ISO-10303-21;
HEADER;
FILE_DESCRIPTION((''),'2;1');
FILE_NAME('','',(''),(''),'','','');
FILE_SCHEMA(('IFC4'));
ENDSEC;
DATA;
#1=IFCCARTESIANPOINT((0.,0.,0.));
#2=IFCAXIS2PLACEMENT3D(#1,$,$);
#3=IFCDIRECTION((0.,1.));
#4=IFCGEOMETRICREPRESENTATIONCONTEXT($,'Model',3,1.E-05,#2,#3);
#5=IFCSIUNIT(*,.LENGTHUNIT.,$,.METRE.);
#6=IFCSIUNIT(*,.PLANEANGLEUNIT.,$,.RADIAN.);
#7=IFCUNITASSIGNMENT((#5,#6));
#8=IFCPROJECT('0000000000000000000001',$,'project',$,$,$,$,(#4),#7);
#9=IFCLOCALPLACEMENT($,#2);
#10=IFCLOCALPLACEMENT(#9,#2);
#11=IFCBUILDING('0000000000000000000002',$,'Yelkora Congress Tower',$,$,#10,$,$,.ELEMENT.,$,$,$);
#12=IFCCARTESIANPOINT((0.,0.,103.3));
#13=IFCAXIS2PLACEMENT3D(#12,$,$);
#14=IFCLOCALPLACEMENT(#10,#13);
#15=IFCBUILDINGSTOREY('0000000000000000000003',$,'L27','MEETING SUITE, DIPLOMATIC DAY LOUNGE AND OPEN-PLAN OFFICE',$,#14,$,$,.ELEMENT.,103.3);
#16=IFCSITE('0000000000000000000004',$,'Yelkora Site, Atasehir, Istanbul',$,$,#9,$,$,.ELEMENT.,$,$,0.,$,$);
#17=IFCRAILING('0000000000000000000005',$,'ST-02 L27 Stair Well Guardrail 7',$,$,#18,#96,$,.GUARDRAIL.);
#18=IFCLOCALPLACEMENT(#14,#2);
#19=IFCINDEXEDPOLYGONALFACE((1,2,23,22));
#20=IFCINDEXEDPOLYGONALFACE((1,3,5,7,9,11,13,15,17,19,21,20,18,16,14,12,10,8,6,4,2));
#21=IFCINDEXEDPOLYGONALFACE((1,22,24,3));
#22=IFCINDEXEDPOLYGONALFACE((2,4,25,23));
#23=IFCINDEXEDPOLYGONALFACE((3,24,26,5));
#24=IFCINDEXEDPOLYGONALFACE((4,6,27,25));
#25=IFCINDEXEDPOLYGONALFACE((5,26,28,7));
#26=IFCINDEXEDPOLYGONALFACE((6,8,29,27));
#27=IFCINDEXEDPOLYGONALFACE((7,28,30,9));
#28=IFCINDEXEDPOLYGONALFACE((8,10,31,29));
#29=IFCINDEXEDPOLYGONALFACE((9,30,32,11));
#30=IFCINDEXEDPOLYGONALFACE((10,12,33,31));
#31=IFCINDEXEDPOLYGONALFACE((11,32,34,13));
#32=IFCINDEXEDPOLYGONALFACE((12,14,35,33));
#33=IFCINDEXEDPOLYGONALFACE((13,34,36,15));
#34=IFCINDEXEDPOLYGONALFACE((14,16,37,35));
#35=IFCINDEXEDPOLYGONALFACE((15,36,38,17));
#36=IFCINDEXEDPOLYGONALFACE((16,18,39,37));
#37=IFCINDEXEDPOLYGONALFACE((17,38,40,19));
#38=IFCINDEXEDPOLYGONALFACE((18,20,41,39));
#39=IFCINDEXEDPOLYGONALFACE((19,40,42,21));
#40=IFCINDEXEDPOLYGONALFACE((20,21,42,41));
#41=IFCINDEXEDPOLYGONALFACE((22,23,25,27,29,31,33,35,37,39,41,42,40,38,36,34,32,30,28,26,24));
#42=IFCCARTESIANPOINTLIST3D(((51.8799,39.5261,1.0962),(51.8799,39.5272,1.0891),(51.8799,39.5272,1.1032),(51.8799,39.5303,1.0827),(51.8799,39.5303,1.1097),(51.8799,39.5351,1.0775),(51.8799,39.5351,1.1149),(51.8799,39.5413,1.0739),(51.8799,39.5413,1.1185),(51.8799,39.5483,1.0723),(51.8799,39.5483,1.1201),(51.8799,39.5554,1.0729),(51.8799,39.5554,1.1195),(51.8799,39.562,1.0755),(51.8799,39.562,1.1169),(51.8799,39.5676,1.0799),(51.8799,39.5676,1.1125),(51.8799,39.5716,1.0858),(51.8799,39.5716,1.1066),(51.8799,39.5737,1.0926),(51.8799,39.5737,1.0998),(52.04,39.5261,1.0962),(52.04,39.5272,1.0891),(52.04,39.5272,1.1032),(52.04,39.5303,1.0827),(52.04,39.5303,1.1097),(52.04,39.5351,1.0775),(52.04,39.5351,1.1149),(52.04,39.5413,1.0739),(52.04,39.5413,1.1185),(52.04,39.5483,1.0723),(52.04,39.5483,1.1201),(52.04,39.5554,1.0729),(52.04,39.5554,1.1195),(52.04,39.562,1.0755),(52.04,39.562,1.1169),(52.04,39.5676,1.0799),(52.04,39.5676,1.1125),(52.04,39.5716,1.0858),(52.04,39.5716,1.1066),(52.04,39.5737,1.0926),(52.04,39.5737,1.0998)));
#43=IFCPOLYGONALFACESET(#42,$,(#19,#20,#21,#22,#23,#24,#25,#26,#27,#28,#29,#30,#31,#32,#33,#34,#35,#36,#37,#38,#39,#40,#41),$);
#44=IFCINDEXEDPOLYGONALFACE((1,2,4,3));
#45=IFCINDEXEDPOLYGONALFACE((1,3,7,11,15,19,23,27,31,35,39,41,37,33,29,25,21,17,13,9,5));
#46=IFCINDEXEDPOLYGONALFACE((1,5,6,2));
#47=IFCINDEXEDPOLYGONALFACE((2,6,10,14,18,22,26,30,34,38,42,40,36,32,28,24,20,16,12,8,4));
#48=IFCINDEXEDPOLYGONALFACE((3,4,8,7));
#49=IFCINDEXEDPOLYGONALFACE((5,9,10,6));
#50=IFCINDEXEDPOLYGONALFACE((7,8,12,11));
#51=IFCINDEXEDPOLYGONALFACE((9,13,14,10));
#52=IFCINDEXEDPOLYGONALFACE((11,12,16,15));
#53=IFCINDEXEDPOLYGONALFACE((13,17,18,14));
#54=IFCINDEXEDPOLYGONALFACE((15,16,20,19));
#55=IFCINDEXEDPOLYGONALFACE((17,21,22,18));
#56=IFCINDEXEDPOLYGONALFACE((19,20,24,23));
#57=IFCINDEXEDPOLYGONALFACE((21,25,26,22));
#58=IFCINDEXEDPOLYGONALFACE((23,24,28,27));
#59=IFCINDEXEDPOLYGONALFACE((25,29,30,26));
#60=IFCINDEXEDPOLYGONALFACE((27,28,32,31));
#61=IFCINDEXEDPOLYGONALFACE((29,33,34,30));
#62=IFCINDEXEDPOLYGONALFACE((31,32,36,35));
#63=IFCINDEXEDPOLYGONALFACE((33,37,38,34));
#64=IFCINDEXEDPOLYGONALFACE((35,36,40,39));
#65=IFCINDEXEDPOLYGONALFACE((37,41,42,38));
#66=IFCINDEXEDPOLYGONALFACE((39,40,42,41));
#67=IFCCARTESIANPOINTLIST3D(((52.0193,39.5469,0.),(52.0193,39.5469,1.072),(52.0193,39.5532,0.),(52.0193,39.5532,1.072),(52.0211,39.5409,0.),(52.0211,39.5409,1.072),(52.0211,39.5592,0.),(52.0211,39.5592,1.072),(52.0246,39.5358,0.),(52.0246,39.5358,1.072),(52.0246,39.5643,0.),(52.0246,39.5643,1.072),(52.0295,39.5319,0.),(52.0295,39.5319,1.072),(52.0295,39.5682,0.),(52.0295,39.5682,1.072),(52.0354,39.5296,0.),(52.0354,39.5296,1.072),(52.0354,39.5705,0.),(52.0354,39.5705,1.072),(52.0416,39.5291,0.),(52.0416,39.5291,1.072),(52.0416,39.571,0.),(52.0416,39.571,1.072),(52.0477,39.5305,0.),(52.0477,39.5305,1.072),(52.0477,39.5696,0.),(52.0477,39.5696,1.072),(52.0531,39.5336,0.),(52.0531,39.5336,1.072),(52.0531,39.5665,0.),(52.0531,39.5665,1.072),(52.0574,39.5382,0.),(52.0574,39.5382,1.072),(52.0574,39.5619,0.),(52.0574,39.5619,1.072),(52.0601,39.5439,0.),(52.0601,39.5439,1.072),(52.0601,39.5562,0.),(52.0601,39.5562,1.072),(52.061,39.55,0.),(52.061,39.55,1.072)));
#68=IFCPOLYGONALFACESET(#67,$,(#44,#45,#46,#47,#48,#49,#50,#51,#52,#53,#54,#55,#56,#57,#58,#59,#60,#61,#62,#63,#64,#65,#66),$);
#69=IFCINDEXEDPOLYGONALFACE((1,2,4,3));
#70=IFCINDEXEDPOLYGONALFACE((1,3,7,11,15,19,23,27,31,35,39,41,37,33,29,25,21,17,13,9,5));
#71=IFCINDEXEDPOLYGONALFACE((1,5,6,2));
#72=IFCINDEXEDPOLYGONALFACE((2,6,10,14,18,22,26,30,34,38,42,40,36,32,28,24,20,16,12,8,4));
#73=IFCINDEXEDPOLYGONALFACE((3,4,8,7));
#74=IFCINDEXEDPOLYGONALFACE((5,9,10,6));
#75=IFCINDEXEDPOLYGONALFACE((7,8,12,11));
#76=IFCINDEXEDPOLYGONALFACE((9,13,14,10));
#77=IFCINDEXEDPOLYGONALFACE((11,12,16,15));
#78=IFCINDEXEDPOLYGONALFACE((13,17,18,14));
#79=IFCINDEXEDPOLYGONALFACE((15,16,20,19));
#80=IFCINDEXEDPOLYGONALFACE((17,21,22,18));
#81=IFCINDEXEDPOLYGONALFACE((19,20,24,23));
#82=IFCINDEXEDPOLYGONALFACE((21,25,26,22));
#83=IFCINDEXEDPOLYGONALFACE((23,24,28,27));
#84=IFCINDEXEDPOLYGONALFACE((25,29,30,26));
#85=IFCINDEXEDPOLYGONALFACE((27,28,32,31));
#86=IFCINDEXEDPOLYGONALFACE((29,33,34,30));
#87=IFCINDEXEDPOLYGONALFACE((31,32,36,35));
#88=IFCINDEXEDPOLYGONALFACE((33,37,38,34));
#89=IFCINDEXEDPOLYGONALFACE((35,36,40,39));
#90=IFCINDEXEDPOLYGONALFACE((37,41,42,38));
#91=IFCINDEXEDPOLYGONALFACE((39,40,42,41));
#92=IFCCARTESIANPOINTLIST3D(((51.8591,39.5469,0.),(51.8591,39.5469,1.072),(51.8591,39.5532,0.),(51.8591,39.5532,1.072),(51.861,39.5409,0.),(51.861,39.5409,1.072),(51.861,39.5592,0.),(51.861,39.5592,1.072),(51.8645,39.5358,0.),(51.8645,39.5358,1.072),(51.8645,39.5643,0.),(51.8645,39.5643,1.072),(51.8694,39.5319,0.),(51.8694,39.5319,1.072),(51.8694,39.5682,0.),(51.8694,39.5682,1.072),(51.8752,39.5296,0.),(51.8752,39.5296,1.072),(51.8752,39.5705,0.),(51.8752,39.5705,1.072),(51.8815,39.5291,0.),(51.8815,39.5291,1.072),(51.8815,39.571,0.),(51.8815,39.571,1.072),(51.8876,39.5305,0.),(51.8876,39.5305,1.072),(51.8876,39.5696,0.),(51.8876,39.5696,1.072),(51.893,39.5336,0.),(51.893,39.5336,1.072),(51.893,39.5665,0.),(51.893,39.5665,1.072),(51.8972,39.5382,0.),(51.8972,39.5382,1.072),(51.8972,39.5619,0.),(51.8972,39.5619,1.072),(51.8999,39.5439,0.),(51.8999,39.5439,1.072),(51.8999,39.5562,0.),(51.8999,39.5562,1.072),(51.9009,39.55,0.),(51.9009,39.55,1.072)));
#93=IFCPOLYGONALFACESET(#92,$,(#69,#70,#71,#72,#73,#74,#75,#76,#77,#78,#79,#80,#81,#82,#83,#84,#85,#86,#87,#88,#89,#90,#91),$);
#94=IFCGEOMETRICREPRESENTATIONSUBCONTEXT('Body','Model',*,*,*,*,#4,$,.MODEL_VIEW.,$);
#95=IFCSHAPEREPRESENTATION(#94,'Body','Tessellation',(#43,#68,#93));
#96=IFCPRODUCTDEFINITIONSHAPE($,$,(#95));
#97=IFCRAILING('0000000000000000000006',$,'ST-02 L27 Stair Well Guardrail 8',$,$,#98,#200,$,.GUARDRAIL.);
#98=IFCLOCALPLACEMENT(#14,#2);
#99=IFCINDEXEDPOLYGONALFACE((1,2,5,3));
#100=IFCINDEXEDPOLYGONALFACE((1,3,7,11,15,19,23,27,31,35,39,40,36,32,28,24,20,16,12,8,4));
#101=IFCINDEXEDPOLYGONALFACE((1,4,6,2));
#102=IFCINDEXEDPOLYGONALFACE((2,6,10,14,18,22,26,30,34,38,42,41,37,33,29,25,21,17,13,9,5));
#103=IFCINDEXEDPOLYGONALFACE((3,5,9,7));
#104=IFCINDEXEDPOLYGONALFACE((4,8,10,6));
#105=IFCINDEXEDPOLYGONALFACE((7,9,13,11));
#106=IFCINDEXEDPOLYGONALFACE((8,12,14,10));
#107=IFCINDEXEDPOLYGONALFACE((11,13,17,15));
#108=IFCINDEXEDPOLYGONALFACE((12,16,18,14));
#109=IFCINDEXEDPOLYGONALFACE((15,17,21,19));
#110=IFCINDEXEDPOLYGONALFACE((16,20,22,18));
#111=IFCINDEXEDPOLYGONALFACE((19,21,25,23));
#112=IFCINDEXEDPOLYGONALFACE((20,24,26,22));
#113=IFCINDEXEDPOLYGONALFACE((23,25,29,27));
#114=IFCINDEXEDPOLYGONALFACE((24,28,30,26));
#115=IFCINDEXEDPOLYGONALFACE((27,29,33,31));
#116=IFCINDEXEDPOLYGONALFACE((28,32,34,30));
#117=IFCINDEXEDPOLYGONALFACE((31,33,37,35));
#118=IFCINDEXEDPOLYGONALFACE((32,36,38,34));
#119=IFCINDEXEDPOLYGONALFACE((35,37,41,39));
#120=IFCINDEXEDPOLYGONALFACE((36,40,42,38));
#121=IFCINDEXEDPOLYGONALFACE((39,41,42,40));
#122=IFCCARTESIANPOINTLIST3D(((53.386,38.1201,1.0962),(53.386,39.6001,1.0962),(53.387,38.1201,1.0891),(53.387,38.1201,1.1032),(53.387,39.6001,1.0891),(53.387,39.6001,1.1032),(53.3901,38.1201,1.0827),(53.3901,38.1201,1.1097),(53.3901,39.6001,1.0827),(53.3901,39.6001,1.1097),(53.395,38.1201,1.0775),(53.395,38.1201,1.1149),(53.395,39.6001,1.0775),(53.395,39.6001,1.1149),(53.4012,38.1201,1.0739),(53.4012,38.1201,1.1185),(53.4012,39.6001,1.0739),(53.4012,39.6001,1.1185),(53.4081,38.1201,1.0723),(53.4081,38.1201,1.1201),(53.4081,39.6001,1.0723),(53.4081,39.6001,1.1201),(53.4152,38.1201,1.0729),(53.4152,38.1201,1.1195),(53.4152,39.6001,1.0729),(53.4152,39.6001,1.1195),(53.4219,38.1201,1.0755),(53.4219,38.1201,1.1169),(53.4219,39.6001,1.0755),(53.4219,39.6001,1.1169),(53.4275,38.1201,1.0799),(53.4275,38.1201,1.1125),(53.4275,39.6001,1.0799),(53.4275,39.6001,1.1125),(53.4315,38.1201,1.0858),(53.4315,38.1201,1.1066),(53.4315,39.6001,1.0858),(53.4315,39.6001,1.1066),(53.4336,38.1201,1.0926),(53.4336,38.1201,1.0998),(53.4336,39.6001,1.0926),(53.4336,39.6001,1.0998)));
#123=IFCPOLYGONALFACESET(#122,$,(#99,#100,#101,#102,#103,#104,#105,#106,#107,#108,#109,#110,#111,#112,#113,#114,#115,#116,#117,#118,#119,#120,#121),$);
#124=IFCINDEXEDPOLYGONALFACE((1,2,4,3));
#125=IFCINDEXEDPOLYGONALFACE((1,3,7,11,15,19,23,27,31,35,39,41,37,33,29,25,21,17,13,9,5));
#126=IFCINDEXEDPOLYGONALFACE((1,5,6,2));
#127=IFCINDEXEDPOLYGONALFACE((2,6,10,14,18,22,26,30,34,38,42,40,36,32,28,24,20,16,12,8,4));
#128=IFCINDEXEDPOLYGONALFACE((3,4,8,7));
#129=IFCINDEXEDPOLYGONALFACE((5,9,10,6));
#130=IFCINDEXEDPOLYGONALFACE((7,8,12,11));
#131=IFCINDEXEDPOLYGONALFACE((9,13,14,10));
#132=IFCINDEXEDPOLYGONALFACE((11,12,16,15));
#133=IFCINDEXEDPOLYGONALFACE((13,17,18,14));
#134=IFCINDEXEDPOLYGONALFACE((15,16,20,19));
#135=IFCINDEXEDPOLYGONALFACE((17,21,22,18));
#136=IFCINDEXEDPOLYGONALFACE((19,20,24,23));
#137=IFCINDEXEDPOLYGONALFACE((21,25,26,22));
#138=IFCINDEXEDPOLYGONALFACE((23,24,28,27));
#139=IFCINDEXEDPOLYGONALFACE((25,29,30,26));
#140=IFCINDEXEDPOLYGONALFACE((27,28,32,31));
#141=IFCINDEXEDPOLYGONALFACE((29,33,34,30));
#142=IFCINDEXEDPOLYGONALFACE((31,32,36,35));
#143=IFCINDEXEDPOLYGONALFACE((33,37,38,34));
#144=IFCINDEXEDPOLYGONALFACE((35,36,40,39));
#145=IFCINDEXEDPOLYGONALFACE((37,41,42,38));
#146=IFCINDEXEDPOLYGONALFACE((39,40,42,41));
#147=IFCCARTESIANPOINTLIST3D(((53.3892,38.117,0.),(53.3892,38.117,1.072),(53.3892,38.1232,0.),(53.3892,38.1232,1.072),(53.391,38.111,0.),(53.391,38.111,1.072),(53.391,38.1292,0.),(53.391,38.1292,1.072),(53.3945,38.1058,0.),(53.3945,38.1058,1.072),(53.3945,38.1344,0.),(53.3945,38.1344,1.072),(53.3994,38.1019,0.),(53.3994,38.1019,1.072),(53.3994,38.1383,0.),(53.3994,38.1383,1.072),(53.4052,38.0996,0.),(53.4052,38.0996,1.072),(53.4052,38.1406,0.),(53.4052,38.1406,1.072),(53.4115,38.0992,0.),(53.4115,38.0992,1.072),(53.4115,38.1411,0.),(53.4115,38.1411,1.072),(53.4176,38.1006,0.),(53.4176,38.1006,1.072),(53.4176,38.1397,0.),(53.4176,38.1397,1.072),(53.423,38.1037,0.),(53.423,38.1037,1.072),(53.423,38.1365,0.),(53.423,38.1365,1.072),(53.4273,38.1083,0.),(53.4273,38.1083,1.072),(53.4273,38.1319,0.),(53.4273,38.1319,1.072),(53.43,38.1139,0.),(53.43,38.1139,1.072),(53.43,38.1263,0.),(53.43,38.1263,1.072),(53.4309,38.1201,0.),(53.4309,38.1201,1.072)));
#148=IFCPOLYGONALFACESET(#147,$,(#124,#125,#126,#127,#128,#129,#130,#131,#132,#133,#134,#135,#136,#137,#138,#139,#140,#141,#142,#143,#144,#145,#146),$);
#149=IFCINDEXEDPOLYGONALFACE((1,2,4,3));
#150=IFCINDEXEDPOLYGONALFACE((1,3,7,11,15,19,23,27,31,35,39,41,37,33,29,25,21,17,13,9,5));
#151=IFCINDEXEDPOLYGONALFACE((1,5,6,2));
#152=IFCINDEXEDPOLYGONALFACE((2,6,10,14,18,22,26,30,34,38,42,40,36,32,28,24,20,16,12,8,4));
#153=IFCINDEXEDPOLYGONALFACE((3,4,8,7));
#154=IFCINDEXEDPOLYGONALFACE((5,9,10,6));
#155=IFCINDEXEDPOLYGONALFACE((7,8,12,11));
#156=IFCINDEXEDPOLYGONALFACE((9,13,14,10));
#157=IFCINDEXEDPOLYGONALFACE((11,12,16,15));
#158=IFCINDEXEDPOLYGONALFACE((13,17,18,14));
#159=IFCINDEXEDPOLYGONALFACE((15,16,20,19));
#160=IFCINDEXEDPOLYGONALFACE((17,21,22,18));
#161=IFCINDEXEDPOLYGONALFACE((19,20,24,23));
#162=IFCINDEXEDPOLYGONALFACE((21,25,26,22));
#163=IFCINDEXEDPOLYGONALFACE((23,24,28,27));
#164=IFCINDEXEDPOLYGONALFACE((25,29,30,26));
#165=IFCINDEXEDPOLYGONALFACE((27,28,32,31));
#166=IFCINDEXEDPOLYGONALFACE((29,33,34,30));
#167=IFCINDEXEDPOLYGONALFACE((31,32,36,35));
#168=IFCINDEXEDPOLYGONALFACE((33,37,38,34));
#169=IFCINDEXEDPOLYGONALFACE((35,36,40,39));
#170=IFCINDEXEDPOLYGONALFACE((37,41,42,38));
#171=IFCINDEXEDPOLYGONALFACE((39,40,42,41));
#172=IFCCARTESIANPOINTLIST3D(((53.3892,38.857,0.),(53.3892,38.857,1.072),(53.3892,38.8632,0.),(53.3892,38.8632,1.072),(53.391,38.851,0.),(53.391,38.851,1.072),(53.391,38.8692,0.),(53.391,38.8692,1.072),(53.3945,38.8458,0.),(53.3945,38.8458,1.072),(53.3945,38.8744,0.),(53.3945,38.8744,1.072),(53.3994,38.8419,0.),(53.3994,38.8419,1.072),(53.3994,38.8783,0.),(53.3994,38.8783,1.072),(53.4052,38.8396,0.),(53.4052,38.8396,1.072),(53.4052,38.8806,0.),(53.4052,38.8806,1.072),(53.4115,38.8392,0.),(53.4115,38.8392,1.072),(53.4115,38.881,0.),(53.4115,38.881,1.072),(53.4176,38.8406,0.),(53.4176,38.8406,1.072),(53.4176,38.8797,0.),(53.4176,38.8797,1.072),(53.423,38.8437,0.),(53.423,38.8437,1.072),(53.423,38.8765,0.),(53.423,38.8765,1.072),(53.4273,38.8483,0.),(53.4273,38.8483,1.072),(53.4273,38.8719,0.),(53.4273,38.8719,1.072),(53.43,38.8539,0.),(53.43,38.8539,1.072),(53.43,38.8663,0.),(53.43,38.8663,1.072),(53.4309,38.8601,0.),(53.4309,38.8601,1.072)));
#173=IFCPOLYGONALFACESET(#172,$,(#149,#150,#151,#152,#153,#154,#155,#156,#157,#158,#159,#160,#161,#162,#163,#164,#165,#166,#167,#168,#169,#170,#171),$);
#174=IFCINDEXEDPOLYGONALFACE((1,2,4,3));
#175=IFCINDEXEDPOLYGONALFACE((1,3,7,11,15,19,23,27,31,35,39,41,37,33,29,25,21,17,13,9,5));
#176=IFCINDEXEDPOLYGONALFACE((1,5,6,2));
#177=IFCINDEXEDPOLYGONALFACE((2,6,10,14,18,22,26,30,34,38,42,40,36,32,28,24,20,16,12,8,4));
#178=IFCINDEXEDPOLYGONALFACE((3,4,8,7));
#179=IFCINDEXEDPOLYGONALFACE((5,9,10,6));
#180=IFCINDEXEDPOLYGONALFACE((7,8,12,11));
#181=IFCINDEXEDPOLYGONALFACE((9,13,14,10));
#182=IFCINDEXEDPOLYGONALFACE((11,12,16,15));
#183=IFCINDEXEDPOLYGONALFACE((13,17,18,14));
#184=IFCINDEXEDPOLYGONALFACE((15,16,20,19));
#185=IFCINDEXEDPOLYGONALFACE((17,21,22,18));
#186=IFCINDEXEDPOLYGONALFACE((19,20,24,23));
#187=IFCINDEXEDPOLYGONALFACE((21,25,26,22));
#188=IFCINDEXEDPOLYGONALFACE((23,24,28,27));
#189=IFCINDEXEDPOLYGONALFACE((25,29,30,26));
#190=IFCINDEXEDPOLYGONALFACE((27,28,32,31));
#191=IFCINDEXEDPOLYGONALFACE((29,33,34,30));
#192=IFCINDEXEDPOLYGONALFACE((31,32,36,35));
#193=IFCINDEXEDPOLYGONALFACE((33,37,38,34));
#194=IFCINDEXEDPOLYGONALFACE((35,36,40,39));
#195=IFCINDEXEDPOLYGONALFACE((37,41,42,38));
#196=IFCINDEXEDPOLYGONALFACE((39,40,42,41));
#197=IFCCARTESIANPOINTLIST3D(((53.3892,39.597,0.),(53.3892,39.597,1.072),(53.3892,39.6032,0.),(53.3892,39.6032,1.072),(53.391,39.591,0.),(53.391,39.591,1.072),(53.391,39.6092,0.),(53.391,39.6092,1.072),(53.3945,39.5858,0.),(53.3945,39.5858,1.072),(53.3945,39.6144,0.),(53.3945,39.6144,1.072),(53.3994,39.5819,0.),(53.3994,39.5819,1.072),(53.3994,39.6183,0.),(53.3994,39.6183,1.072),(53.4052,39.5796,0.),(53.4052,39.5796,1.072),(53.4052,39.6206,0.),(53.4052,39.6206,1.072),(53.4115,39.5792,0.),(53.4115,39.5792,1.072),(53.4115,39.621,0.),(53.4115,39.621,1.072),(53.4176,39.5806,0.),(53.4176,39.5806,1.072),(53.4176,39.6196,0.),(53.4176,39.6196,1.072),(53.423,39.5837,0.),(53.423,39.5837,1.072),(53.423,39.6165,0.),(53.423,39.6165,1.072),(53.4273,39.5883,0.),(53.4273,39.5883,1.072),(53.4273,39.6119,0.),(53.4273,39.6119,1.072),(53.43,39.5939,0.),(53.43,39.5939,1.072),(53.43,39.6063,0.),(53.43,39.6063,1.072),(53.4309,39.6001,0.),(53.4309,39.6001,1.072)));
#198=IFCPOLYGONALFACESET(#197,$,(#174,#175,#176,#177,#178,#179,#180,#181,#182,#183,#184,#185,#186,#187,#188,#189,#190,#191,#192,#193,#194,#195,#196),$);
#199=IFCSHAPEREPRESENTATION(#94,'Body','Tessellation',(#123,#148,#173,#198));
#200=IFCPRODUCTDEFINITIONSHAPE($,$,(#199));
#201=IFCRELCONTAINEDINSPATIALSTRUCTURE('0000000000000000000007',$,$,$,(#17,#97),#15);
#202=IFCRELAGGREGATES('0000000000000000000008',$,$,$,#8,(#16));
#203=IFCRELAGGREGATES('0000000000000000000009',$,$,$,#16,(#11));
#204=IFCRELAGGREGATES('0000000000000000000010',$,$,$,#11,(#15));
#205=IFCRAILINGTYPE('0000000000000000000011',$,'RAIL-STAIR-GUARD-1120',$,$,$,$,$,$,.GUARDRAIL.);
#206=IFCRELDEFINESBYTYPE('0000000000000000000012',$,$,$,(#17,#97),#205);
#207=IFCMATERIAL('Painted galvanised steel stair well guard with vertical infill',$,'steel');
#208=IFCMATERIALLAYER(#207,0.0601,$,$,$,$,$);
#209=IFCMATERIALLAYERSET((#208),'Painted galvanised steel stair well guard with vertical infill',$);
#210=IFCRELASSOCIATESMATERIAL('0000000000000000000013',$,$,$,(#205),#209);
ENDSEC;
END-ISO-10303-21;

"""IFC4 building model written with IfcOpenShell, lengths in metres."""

from ifc_helpers import new_model, si_unit, direction, frame, origin, origin_2d, place, context, subcontext, project, spatial, circle, extrude, material, layer, layer_set, type_object, element, save


model = new_model("IFC4")

# Units and contexts
model_context = context("Model", 3, precision=1e-05, world=origin(), true_north=direction((0.0, 1.0)))
body_context = subcontext(model_context, "Body", "Model", "MODEL_VIEW")
ifc_project = project(units=[si_unit("LENGTHUNIT", "METRE"), si_unit("PLANEANGLEUNIT", "RADIAN")], contexts=[model_context])

# Site, building, storey
site_placement = place(None, origin())
site = spatial("IfcSite", under=ifc_project, at=site_placement, Name="Yelkora Site, Atasehir, Istanbul", CompositionType="ELEMENT", RefElevation=0.0)
building_placement = place(site_placement, origin())
building = spatial("IfcBuilding", under=site, at=building_placement, Name="Yelkora Congress Tower", CompositionType="ELEMENT")
storey_placement = place(building_placement, frame((0.0, 0.0, 103.3)))
storey = spatial("IfcBuildingStorey", under=building, at=storey_placement, Name="L27", Description="MEETING SUITE, DIPLOMATIC DAY LOUNGE AND OPEN-PLAN OFFICE", CompositionType="ELEMENT", Elevation=103.3)

# Railings
ifc_material_1 = material(Name="Painted galvanised steel stair well guard with vertical infill", Category="steel")
ifc_layer_1 = layer(ifc_material_1, 0.0601)
ifc_layer_set_1 = layer_set([ifc_layer_1], Name="Painted galvanised steel stair well guard with vertical infill")
railing_type_1 = type_object("IfcRailingType", Name="RAIL-STAIR-GUARD-1120", PredefinedType="GUARDRAIL", material=ifc_layer_set_1)
railing_1_placement = place(storey_placement, frame((52.04, 39.55, 0.0)))
element("IfcRailing", 1, at=railing_1_placement, inside=storey, type_object=railing_type_1, Name="ST-02 L27 Stair Well Guardrail 7", PredefinedType="GUARDRAIL", context=body_context, shape_type="SweptSolid", body=[
    extrude(circle(Radius=0.0239, at=origin_2d()), frame((0.0, 0.0, 1.0962), z_axis=(-1.0, 0.0, 0.0), x_axis=(0.0, -1.0, 0.0)), (0.0, 0.0, 1.0), 0.1602),
    extrude(circle(Radius=0.021, at=origin_2d()), origin(), (0.0, 0.0, 1.0), 1.072),
    extrude(circle(Radius=0.021, at=origin_2d()), frame((-0.1602, 0.0, 0.0)), (0.0, 0.0, 1.0), 1.072),
])
for number, where, name in (
    (2, (53.4099, 38.1201, 0.0), "ST-02 L27 Stair Well Guardrail 8"),
):
    element("IfcRailing", number, at=place(storey_placement, frame(where)), inside=storey, type_object=railing_type_1, Name=name, PredefinedType="GUARDRAIL", context=body_context, shape_type="SweptSolid", body=[
        extrude(circle(Radius=0.0239, at=origin_2d()), frame((0.0, 0.0, 1.0962), z_axis=(0.0, 1.0, 0.0), x_axis=(-1.0, 0.0, 0.0)), (0.0, 0.0, 1.0), 1.48),
        extrude(circle(Radius=0.021, at=origin_2d()), origin(), (0.0, 0.0, 1.0), 1.072),
        extrude(circle(Radius=0.021, at=origin_2d()), frame((0.0, 0.74, 0.0)), (0.0, 0.0, 1.0), 1.072),
        extrude(circle(Radius=0.021, at=origin_2d()), frame((0.0, 1.48, 0.0)), (0.0, 0.0, 1.0), 1.072),
    ])

save(model, "model.ifc")
